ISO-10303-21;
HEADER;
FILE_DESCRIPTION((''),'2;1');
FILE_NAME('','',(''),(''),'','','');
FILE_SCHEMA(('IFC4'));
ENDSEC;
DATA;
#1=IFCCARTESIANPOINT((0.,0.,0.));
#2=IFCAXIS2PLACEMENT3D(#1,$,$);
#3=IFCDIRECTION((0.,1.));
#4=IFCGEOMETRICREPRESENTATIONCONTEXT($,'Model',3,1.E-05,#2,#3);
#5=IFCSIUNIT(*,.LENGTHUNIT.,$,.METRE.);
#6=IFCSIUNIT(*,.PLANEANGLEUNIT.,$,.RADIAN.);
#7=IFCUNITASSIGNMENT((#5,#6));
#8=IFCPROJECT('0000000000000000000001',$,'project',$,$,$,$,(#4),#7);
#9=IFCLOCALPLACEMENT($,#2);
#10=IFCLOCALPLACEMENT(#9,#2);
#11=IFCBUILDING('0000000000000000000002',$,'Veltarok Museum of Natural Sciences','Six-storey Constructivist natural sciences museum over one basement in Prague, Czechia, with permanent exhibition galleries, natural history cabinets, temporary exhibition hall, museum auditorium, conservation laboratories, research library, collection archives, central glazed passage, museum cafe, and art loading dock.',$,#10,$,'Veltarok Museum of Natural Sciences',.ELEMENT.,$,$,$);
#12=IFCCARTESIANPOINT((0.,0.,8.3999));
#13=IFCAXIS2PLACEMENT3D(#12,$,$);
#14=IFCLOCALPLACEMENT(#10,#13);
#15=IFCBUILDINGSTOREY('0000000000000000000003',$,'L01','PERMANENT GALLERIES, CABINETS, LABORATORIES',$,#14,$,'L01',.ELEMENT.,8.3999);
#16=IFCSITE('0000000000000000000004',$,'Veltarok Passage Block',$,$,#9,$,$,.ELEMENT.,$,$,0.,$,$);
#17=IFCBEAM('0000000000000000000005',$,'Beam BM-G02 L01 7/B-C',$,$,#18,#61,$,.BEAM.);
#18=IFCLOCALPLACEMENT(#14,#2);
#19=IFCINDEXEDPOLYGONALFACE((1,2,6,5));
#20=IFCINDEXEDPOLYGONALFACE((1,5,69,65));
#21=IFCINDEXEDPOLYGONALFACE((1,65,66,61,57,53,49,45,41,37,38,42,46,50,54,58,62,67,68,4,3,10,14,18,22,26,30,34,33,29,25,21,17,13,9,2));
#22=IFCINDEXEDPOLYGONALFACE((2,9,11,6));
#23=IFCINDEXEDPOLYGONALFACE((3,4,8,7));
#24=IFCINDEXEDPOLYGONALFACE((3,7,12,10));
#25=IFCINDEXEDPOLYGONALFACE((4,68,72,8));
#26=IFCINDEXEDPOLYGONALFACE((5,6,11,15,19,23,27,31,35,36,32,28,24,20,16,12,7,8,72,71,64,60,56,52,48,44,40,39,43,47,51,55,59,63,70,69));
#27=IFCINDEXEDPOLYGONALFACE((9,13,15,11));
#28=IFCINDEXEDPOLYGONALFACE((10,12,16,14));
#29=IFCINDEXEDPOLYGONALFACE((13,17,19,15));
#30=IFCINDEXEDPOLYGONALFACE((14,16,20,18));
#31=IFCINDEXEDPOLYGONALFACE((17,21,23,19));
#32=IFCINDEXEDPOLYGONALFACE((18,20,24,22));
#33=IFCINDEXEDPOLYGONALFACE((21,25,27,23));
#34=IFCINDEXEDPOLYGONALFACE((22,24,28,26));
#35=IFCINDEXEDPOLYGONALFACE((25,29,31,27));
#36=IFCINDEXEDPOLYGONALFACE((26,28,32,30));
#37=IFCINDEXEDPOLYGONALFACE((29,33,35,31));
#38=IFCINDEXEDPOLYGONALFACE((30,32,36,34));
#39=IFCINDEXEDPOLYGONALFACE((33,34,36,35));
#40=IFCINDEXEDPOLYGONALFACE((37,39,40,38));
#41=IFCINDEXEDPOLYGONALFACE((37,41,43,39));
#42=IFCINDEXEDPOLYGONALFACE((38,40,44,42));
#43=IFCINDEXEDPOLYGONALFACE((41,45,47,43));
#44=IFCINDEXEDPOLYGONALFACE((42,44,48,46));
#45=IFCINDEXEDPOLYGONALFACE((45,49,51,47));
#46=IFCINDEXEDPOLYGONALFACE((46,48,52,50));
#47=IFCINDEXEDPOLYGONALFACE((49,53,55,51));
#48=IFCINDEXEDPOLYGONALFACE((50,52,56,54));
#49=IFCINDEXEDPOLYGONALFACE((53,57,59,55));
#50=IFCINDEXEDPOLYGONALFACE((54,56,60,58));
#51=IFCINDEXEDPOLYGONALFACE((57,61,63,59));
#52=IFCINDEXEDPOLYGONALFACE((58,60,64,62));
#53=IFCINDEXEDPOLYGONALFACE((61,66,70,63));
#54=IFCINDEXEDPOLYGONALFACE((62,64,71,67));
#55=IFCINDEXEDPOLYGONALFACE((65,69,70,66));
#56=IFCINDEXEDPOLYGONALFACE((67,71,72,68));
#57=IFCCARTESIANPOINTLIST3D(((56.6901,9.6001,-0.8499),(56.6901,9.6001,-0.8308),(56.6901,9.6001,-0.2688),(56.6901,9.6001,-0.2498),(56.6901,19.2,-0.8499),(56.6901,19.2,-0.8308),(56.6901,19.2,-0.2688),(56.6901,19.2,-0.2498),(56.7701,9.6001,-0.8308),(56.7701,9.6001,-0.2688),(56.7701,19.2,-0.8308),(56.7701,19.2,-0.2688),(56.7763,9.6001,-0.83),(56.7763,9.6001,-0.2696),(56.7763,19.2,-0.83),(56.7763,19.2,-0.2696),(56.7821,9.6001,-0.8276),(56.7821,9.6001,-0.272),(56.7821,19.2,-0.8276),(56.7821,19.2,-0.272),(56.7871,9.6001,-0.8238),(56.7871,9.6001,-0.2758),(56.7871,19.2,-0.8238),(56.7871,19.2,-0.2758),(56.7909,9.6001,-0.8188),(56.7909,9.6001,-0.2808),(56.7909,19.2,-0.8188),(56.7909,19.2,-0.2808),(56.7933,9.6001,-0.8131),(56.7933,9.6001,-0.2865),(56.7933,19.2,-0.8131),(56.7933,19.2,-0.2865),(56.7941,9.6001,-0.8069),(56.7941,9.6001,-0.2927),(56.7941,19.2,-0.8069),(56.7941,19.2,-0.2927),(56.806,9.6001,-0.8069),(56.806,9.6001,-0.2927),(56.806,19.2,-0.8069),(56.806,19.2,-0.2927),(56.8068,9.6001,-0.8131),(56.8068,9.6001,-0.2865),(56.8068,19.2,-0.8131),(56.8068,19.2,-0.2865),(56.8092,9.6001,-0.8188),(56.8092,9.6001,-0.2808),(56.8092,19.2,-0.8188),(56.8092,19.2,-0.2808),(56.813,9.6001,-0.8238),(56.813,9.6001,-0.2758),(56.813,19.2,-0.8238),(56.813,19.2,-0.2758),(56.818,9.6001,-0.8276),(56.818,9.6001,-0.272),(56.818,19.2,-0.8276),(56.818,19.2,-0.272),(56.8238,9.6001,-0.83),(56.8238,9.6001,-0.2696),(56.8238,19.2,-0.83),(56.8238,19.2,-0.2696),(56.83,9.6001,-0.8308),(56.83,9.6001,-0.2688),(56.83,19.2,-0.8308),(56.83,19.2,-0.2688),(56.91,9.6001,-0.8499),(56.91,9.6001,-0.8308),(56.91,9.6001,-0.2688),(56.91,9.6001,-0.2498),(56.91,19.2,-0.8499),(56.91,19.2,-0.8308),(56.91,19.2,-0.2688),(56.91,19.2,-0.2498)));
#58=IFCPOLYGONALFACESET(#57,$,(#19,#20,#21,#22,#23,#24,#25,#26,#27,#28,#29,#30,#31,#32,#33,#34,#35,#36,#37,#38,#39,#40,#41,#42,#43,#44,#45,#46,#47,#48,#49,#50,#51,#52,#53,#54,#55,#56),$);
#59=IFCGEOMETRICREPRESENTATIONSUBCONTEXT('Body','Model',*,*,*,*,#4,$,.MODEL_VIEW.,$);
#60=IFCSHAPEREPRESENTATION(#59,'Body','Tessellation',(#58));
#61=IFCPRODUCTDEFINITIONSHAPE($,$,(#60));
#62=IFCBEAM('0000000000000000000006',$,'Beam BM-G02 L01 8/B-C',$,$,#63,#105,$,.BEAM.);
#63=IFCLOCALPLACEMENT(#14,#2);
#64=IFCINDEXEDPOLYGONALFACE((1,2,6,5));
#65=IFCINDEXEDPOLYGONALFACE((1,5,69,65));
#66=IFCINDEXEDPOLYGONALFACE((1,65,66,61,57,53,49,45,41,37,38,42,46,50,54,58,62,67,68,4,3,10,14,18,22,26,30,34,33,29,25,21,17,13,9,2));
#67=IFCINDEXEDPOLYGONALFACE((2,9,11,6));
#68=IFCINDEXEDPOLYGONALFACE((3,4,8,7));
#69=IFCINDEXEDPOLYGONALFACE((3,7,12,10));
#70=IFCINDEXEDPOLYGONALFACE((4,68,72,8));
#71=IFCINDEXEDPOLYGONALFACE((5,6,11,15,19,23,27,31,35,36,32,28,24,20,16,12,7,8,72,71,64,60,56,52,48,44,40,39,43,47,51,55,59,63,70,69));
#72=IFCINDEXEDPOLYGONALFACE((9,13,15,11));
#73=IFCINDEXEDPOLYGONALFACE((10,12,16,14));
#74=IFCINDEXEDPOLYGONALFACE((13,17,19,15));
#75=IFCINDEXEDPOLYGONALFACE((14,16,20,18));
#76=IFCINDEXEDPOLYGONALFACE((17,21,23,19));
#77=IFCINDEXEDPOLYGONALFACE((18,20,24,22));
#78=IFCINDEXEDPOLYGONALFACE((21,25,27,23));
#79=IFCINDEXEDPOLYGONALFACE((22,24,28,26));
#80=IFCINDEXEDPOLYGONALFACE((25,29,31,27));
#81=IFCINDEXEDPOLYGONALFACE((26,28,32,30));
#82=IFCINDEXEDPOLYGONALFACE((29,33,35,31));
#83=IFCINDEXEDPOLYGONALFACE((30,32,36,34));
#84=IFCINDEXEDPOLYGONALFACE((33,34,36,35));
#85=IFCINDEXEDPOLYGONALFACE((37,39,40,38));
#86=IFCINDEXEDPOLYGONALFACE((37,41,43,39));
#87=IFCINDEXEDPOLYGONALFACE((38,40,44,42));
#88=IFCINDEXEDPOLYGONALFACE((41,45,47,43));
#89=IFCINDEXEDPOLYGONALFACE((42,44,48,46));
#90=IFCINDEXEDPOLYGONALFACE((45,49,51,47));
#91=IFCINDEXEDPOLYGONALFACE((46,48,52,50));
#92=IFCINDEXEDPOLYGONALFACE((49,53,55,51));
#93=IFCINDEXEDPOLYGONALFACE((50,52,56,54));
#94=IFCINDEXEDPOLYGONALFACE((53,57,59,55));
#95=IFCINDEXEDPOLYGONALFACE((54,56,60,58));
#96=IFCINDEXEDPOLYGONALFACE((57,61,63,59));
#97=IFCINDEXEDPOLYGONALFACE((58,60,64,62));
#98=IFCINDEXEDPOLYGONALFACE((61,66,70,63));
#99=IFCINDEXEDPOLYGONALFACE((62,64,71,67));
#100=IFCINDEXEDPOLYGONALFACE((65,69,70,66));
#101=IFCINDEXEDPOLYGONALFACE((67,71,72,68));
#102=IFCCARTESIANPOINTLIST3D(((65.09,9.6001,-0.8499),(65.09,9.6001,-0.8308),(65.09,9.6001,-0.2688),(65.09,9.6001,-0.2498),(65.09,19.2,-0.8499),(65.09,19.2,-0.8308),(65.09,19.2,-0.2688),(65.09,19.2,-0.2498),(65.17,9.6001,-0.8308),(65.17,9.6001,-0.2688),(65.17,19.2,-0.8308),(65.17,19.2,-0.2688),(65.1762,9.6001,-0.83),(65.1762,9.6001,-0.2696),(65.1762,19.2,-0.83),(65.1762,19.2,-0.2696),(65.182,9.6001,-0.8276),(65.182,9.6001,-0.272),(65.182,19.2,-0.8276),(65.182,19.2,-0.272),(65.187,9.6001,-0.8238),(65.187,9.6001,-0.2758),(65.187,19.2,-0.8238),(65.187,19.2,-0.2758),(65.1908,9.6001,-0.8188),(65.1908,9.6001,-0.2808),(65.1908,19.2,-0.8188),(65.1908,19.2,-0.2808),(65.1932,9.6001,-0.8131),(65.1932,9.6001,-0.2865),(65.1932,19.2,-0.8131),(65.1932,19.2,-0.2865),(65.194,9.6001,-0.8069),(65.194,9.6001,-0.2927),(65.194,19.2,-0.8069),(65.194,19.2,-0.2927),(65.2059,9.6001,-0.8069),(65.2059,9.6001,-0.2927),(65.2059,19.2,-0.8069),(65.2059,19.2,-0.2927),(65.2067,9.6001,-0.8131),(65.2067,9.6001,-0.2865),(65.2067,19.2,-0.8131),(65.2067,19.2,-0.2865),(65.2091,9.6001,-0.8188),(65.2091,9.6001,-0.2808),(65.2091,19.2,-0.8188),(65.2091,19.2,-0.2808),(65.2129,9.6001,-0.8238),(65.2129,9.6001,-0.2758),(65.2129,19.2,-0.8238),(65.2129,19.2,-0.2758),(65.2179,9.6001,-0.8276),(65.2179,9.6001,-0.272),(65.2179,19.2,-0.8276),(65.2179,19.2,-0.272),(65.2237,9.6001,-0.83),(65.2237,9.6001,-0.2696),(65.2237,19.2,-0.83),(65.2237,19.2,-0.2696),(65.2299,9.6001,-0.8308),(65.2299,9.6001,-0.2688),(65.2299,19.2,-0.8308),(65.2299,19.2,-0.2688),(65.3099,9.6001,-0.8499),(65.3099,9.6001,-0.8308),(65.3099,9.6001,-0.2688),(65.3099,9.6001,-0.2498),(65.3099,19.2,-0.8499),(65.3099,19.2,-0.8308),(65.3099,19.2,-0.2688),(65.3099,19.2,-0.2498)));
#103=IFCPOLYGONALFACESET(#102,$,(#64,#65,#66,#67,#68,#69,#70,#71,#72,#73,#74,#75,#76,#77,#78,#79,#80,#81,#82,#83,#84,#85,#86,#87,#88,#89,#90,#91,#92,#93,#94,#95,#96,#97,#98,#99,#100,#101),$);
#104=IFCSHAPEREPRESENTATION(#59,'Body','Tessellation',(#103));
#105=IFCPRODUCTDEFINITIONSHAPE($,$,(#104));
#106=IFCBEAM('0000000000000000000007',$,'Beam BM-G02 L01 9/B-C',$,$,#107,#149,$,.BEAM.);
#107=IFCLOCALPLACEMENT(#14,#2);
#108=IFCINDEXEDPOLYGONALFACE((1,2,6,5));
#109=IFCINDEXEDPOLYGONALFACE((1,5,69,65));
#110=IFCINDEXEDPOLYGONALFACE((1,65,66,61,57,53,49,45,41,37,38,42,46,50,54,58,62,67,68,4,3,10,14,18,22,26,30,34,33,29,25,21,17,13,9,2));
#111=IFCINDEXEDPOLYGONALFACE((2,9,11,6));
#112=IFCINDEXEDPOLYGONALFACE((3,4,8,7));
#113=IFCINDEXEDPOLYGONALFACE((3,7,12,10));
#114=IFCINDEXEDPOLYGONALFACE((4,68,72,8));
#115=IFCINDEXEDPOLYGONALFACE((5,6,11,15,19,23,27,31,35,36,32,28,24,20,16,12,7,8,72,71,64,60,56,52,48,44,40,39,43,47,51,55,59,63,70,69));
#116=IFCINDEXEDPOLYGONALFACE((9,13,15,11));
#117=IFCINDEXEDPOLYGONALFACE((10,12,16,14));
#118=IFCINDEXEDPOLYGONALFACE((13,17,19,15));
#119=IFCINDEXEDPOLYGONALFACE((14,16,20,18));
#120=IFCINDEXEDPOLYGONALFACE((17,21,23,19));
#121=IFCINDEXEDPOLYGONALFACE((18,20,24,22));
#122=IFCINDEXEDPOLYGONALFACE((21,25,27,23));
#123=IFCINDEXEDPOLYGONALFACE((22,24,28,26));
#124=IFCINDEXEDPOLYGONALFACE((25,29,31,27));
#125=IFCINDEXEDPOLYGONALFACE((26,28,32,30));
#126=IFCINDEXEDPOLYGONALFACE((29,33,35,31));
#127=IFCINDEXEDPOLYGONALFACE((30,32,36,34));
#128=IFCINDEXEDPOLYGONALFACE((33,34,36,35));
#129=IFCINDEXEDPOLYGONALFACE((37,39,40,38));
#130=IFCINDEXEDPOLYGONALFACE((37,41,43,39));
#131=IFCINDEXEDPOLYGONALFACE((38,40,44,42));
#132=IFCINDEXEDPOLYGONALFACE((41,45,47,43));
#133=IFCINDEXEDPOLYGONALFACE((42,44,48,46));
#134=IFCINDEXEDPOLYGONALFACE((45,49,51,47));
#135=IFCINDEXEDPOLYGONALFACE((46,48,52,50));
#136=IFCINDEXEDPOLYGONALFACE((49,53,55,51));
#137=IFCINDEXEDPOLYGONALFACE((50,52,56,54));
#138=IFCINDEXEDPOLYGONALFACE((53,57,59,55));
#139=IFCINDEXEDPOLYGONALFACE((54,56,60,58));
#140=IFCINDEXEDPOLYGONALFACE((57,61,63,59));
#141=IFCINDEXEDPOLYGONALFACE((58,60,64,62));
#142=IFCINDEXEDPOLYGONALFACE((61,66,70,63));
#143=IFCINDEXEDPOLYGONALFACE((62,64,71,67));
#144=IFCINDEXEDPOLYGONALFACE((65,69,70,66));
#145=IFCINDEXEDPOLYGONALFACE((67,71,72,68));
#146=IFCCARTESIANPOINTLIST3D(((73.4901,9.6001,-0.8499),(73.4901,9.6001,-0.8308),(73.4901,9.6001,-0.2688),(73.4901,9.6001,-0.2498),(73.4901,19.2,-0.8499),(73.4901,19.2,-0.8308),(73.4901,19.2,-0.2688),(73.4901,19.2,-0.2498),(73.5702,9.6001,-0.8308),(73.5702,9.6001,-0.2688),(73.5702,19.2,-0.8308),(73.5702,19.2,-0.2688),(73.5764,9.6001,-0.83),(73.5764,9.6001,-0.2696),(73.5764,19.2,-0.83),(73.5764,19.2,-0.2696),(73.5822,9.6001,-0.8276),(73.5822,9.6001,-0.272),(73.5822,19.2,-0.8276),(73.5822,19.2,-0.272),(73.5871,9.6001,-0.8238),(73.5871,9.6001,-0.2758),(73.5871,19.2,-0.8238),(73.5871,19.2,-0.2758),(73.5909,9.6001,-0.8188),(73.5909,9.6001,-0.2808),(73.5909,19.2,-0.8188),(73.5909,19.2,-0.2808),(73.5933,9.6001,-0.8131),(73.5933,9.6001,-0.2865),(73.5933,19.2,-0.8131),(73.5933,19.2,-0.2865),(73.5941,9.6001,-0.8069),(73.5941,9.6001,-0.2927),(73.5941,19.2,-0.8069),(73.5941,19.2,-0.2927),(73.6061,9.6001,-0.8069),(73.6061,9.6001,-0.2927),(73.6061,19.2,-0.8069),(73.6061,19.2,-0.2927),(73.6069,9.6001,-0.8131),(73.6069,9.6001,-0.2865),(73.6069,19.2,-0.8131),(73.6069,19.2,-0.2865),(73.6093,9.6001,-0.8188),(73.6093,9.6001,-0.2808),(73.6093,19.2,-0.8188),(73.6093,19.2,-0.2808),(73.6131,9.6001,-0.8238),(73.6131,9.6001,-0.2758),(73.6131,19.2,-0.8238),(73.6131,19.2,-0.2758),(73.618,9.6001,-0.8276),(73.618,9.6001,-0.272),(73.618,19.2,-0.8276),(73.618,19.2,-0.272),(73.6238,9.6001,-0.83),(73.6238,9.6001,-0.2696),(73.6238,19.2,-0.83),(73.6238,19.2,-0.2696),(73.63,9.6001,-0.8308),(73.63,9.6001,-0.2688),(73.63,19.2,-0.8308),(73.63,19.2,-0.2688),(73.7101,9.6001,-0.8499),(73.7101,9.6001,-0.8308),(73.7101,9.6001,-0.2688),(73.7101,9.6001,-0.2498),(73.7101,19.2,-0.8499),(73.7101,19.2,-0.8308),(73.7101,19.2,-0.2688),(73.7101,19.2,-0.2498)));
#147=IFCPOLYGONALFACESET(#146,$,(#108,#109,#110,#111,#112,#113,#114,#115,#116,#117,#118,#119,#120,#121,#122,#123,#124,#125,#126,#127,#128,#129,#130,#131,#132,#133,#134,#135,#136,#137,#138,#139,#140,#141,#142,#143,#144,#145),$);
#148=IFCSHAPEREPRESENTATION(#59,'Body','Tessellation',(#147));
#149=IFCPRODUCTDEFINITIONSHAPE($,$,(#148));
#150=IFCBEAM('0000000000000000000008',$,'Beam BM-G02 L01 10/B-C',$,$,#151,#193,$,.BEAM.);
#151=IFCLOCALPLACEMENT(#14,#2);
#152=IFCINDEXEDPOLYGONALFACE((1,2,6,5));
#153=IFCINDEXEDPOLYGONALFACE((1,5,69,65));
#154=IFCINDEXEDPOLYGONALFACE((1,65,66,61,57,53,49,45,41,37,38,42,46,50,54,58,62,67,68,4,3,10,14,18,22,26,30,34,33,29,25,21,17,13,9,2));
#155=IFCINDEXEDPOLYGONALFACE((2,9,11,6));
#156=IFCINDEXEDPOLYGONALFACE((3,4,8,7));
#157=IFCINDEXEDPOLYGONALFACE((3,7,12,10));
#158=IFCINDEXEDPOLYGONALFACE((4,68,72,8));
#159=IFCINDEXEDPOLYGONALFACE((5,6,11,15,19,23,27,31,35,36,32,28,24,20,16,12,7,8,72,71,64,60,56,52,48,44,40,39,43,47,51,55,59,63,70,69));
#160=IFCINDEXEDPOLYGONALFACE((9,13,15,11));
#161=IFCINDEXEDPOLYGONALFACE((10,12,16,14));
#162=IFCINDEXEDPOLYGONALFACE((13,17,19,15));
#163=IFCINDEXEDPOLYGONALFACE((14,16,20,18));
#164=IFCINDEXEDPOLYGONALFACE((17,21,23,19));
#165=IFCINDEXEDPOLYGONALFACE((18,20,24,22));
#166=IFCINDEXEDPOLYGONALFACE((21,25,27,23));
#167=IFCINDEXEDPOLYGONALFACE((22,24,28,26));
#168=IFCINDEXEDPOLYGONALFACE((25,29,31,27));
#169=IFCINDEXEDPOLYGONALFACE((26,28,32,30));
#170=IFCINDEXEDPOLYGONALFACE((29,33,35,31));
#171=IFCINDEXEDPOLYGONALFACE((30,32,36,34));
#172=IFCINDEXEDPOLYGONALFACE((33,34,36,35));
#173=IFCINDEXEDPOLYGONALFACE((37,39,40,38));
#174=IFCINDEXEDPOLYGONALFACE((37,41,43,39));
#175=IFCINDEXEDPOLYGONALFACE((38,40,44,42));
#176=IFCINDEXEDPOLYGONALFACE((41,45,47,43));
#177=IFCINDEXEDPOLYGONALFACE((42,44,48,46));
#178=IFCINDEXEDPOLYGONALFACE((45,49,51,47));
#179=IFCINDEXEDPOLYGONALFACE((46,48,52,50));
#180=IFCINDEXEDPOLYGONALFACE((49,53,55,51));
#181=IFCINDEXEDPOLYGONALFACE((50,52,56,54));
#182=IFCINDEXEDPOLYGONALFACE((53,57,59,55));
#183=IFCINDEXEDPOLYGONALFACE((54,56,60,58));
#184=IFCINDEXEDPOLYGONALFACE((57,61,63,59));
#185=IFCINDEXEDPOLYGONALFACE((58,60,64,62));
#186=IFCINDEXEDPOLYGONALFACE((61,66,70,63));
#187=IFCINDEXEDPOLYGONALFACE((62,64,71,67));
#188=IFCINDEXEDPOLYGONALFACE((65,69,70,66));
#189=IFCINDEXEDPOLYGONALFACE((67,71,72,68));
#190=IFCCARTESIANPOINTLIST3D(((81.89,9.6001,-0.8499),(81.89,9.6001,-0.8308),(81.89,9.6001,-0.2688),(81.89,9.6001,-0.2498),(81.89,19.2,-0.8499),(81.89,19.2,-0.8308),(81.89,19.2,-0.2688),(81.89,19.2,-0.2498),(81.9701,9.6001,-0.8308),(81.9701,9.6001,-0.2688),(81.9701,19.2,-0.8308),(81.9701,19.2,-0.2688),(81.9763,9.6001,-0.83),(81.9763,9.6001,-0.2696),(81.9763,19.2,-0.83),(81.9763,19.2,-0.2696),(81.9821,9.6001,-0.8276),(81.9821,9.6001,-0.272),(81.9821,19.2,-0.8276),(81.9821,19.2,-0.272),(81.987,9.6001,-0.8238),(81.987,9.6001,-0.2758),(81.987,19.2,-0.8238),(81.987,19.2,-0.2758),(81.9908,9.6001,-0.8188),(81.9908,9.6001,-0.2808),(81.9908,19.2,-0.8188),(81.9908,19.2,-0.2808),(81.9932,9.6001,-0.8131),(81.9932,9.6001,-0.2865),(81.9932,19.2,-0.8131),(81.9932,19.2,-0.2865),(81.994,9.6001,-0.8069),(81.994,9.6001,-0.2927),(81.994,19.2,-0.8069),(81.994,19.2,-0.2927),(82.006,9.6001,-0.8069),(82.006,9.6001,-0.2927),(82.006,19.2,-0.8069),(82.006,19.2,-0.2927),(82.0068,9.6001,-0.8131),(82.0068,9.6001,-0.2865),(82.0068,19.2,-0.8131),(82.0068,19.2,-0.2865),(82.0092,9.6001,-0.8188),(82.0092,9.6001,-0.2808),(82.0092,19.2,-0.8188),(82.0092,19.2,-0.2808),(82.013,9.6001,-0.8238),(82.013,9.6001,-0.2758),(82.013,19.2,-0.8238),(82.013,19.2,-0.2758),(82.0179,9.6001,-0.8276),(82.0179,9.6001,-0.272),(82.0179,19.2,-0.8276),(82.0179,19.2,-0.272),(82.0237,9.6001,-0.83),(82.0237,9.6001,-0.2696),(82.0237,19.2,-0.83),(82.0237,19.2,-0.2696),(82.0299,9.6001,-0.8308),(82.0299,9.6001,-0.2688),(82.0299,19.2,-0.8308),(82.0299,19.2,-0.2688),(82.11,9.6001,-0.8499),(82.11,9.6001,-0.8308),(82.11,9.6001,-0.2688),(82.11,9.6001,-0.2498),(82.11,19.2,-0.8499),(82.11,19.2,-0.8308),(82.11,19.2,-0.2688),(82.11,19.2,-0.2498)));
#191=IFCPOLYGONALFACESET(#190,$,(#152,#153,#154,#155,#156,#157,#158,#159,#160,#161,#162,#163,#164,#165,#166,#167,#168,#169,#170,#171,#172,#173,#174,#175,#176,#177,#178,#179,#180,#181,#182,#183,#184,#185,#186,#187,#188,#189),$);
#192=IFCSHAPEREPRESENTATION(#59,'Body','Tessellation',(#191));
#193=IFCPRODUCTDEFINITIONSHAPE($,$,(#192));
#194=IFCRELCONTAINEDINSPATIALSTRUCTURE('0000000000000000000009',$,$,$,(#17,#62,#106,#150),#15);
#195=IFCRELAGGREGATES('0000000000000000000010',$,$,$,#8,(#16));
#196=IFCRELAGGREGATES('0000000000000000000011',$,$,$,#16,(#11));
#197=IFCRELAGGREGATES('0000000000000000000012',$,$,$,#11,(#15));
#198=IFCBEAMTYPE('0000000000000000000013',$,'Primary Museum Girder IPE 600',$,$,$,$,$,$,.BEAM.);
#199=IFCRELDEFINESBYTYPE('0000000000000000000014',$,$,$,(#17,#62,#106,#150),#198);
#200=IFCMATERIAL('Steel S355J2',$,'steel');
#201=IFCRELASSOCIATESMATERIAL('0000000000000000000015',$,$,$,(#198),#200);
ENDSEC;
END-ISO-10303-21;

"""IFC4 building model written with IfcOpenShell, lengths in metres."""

from ifc_helpers import new_model, si_unit, direction, frame, origin, origin_2d, place, context, subcontext, project, spatial, i_section, extrude, material, material_profile, profile_set, type_object, element, save


model = new_model("IFC4")

# Units and contexts
model_context = context("Model", 3, precision=1e-05, world=origin(), true_north=direction((0.0, 1.0)))
body_context = subcontext(model_context, "Body", "Model", "MODEL_VIEW")
ifc_project = project(units=[si_unit("LENGTHUNIT", "METRE"), si_unit("PLANEANGLEUNIT", "RADIAN")], contexts=[model_context])

# Site, building, storey
site_placement = place(None, origin())
site = spatial("IfcSite", under=ifc_project, at=site_placement, Name="Veltarok Passage Block", CompositionType="ELEMENT", RefElevation=0.0)
building_placement = place(site_placement, origin())
building = spatial("IfcBuilding", under=site, at=building_placement, Name="Veltarok Museum of Natural Sciences", Description="Six-storey Constructivist natural sciences museum over one basement in Prague, Czechia, with permanent exhibition galleries, natural history cabinets, temporary exhibition hall, museum auditorium, conservation laboratories, research library, collection archives, central glazed passage, museum cafe, and art loading dock.", LongName="Veltarok Museum of Natural Sciences", CompositionType="ELEMENT")
storey_placement = place(building_placement, frame((0.0, 0.0, 8.3999)))
storey = spatial("IfcBuildingStorey", under=building, at=storey_placement, Name="L01", Description="PERMANENT GALLERIES, CABINETS, LABORATORIES", LongName="L01", CompositionType="ELEMENT", Elevation=8.3999)

# Shared definitions
ifc_material_1 = material(Name="Steel S355J2", Category="steel")

# Beams
ifc_material_profile_1 = material_profile(ifc_material_1, i_section(OverallWidth=0.22, OverallDepth=0.6001, WebThickness=0.012, FlangeThickness=0.019, FilletRadius=0.0239, at=origin_2d()), Name="IPE 600")
ifc_profile_set_1 = profile_set([ifc_material_profile_1], Name="Steel S355J2")
beam_type_1 = type_object("IfcBeamType", Name="Primary Museum Girder IPE 600", PredefinedType="BEAM", material=ifc_profile_set_1)
for number, where, z_axis, x_axis, name in (
    (1, (56.8, 9.6001, -0.5498), (0.0, 1.0, 0.0), (-1.0, 0.0, 0.0), "Beam BM-G02 L01 7/B-C"),
    (2, (65.2, 9.6001, -0.5498), (0.0, 1.0, 0.0), (-1.0, 0.0, 0.0), "Beam BM-G02 L01 8/B-C"),
    (3, (73.6001, 9.6001, -0.5498), (0.0, 1.0, 0.0), (-1.0, 0.0, 0.0), "Beam BM-G02 L01 9/B-C"),
    (4, (82.0, 9.6001, -0.5498), (0.0, 1.0, 0.0), (-1.0, 0.0, 0.0), "Beam BM-G02 L01 10/B-C"),
):
    element("IfcBeam", number, at=place(storey_placement, frame(where, z_axis=z_axis, x_axis=x_axis)), inside=storey, type_object=beam_type_1, Name=name, PredefinedType="BEAM", context=body_context, shape_type="SweptSolid", body=[
        extrude(i_section(OverallWidth=0.22, OverallDepth=0.6001, WebThickness=0.012, FlangeThickness=0.019, FilletRadius=0.0239, at=origin_2d()), origin(), (0.0, 0.0, 1.0), 9.5999),
    ])

save(model, "model.ifc")
